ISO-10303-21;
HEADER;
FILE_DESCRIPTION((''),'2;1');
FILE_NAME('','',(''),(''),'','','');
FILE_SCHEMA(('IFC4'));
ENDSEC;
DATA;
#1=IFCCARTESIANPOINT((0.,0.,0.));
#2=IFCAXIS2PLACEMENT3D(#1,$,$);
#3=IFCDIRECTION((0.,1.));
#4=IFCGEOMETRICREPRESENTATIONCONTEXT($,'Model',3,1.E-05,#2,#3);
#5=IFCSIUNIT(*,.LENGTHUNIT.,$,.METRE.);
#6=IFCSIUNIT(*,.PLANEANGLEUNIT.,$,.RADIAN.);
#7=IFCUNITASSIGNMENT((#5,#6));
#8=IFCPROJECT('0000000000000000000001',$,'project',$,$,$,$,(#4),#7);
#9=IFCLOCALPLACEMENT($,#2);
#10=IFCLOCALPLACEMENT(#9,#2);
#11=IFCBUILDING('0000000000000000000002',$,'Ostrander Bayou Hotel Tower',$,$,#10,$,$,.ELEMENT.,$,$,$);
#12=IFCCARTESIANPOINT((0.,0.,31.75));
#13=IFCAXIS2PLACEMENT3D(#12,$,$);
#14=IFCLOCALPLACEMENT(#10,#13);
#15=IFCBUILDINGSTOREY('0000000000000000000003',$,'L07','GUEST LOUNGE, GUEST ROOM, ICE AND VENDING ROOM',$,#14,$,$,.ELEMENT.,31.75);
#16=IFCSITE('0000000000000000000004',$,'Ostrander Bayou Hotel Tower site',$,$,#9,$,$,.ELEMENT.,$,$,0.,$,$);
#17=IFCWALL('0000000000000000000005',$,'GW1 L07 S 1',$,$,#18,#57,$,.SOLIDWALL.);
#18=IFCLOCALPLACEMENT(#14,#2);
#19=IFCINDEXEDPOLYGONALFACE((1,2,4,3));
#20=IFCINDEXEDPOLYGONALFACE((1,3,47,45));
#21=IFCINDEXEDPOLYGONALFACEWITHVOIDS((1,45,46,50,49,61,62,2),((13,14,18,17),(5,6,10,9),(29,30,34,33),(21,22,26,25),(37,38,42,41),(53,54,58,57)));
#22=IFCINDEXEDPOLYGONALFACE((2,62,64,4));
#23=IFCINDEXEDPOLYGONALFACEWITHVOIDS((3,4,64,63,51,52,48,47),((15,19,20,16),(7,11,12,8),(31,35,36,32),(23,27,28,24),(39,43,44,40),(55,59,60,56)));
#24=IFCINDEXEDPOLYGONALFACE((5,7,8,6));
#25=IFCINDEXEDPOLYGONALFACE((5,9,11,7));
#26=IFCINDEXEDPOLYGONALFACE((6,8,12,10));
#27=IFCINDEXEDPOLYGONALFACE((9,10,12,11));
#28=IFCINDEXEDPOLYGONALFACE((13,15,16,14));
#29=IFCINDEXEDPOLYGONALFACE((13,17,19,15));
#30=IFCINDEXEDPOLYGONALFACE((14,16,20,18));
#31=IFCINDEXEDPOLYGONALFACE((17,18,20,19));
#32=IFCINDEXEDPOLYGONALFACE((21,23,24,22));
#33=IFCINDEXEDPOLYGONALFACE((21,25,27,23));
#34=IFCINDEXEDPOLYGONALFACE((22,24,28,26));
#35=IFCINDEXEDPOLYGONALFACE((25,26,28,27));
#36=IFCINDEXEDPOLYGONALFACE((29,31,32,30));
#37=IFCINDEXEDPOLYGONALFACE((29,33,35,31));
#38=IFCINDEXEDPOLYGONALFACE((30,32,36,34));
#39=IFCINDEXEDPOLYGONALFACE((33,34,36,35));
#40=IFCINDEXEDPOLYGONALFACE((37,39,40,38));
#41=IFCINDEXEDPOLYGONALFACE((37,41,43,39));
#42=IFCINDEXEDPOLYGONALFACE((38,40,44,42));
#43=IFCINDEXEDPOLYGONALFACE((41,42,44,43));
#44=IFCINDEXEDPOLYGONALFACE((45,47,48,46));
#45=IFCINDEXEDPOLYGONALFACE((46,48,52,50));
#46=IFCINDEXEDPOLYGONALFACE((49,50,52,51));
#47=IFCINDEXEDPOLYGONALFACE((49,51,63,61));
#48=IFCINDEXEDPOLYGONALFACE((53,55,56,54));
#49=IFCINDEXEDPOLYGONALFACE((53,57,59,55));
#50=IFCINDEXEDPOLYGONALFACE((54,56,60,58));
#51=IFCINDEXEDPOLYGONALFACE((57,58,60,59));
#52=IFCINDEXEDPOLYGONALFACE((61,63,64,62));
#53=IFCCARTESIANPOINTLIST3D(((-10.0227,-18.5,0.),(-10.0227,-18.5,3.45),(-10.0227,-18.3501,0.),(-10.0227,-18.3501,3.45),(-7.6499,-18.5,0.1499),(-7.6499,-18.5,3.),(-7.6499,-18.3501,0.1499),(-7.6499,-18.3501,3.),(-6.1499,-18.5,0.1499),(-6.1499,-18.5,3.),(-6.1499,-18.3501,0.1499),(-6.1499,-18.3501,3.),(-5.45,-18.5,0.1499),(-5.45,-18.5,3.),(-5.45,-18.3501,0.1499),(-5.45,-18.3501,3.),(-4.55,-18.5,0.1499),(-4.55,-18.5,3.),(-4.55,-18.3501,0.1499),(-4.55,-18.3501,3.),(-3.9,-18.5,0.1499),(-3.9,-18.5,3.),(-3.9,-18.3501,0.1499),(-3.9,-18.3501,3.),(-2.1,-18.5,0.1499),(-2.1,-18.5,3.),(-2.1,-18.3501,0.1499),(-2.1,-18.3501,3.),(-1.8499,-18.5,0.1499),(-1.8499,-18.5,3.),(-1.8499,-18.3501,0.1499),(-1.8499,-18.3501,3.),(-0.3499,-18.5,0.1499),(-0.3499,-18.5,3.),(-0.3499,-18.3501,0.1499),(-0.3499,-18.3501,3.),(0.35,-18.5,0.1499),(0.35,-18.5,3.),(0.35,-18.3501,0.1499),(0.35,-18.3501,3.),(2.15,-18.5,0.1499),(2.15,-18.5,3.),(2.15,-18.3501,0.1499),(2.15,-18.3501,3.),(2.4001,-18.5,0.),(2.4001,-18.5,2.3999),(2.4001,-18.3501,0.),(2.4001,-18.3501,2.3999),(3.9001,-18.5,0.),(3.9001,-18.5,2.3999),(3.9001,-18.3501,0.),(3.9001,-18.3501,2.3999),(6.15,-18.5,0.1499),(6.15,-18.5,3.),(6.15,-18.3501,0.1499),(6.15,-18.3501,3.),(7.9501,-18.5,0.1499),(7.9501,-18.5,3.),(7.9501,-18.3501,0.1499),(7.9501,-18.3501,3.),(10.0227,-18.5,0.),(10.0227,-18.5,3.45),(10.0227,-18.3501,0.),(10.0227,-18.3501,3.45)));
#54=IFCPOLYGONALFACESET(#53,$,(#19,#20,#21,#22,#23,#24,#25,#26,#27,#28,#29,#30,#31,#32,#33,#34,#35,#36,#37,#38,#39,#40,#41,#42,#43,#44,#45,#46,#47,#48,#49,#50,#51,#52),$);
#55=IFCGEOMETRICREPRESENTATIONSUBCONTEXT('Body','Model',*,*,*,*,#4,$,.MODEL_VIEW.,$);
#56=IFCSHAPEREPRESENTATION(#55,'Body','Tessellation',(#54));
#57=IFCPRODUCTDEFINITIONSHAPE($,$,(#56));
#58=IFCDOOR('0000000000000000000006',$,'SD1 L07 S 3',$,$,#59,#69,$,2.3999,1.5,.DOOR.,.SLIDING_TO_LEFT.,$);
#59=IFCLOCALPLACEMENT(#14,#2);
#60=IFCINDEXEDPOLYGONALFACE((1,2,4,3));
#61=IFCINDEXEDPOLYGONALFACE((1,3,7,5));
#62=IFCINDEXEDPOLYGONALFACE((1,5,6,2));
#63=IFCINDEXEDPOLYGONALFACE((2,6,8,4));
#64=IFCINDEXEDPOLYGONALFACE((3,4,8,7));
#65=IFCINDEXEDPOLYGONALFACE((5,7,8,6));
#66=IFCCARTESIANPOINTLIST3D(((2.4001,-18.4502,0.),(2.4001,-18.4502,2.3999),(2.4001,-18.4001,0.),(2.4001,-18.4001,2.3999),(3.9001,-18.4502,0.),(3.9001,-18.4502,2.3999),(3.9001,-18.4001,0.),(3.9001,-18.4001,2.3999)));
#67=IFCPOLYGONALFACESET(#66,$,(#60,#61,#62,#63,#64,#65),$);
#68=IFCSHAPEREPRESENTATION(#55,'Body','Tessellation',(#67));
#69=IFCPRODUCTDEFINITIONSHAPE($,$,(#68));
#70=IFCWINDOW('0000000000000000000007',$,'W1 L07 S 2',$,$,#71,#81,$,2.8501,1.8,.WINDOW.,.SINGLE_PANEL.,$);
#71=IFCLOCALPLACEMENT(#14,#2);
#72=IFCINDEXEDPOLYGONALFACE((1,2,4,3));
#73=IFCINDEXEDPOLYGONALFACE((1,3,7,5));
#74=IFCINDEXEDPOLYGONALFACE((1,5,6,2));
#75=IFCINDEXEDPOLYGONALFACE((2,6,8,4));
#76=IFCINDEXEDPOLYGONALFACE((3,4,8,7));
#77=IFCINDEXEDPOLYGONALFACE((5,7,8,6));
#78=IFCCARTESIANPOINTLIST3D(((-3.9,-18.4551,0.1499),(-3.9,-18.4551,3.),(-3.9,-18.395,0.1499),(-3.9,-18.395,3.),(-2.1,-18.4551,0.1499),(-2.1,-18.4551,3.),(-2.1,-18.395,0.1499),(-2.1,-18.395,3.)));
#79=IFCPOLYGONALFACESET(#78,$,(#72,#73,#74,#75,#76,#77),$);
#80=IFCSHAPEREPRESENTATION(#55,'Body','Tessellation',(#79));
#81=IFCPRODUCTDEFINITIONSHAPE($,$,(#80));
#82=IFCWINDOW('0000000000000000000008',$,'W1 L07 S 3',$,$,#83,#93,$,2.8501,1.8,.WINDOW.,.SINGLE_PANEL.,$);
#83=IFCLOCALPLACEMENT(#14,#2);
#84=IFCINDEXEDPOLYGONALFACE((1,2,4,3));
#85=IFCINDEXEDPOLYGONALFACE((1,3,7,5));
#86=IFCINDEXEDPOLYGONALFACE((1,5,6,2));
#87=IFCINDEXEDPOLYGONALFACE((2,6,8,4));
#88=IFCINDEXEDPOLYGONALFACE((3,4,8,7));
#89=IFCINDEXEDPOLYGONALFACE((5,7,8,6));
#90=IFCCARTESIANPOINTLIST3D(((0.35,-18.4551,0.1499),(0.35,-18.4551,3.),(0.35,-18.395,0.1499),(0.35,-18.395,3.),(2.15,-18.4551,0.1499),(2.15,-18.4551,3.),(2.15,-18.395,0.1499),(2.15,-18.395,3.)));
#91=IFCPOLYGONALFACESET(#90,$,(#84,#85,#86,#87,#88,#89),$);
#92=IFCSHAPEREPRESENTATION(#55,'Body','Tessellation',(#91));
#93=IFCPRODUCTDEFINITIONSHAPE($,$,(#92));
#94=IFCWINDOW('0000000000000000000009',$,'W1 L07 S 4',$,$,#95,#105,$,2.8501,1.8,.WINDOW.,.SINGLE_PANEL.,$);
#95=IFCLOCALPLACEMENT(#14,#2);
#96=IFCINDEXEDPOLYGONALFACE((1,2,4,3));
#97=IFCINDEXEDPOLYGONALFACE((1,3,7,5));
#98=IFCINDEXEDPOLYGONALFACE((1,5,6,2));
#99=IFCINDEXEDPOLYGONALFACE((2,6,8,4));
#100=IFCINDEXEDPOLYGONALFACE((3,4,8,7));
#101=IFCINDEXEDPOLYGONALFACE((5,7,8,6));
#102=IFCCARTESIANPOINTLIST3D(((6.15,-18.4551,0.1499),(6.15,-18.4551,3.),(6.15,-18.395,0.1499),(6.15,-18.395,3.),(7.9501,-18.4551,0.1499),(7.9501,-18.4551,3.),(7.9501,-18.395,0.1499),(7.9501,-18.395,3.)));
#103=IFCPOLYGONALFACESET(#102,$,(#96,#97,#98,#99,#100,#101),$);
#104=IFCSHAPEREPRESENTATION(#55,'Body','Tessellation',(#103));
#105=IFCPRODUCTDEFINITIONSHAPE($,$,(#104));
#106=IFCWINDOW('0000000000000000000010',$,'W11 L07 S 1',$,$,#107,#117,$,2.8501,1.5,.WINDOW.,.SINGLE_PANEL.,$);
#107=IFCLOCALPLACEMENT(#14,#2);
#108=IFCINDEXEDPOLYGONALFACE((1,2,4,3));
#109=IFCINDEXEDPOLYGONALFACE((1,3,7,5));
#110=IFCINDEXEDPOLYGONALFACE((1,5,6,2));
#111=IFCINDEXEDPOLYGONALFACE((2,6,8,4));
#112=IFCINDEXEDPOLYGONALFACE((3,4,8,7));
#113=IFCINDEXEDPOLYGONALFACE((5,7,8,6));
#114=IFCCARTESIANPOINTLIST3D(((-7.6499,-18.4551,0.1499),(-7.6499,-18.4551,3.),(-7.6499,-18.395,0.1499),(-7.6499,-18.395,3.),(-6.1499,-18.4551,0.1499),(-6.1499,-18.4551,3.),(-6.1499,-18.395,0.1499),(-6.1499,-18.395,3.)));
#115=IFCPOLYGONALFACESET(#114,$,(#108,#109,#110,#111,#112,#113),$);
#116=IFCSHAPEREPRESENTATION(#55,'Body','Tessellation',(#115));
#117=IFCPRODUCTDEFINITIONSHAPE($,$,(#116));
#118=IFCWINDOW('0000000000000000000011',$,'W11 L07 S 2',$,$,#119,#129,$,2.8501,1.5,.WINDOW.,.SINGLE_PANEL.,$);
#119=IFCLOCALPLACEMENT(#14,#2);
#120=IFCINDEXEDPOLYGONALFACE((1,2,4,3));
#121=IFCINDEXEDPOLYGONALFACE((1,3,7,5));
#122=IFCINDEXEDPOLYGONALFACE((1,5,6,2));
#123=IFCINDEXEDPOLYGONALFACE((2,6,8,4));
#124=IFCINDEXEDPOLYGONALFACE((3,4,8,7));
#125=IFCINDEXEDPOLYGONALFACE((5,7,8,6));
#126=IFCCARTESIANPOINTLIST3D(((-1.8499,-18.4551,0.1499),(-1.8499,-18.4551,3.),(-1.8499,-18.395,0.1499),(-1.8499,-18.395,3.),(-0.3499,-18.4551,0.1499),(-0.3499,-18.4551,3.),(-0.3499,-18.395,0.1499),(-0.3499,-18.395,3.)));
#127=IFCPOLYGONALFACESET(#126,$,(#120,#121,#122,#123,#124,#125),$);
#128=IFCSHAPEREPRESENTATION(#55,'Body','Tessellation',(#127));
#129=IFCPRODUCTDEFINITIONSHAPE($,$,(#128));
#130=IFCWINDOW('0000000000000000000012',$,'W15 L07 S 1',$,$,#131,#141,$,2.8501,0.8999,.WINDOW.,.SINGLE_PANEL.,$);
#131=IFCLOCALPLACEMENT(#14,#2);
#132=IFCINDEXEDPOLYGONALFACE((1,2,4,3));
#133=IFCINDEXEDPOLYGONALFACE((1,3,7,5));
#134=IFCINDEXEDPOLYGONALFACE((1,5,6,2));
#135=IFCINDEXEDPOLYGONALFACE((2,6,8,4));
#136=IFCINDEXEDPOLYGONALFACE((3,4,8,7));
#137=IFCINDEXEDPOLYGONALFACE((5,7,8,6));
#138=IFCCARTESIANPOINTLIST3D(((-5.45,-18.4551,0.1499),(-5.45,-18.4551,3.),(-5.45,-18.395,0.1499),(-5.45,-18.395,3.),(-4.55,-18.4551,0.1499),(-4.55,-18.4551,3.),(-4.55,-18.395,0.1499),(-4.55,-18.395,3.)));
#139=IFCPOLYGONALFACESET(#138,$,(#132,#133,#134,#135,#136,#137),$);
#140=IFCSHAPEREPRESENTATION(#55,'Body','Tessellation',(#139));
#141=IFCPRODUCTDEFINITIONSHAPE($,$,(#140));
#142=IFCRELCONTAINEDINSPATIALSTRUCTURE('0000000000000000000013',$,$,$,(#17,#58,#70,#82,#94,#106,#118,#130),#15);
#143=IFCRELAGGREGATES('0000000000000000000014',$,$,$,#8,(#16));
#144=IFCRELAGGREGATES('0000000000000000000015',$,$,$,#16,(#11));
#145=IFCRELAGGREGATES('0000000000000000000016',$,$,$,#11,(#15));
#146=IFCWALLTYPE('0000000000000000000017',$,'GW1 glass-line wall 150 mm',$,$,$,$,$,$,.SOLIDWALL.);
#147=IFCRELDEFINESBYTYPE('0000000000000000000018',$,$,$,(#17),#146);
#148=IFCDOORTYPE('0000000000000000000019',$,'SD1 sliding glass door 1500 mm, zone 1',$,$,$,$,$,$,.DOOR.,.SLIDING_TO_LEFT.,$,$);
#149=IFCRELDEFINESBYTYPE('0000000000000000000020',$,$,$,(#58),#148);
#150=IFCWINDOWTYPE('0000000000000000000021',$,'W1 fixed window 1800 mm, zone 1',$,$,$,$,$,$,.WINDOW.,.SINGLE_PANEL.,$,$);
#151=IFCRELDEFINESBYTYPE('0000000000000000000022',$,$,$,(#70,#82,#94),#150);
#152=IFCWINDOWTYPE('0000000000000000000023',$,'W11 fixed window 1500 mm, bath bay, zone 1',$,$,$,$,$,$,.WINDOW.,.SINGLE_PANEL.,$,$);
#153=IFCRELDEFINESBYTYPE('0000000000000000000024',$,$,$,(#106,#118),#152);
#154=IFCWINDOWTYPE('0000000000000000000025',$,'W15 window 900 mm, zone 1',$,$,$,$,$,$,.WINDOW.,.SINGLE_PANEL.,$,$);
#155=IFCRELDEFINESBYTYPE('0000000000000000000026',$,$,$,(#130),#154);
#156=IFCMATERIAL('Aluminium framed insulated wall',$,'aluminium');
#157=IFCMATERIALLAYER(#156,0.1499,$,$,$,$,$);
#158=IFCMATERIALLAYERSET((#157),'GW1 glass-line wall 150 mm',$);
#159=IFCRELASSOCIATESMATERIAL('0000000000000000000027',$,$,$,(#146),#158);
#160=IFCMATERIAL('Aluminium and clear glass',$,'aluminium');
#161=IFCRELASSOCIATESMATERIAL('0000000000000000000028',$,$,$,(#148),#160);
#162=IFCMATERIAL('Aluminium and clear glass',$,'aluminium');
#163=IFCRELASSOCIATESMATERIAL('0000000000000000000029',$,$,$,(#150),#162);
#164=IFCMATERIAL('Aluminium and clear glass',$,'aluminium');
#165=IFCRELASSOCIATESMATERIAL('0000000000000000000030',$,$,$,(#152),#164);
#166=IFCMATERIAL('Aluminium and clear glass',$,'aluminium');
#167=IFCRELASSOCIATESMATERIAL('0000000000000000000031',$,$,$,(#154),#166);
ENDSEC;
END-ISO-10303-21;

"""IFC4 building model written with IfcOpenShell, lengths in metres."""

from ifc_helpers import new_model, si_unit, direction, frame, frame_2d, origin, place, context, subcontext, project, spatial, rectangle, extrude, material, layer, layer_set, type_object, element, fill, save


model = new_model("IFC4")

# Units and contexts
model_context = context("Model", 3, precision=1e-05, world=origin(), true_north=direction((0.0, 1.0)))
body_context = subcontext(model_context, "Body", "Model", "MODEL_VIEW")
ifc_project = project(units=[si_unit("LENGTHUNIT", "METRE"), si_unit("PLANEANGLEUNIT", "RADIAN")], contexts=[model_context])

# Site, building, storey
site_placement = place(None, origin())
site = spatial("IfcSite", under=ifc_project, at=site_placement, Name="Ostrander Bayou Hotel Tower site", CompositionType="ELEMENT", RefElevation=0.0)
building_placement = place(site_placement, origin())
building = spatial("IfcBuilding", under=site, at=building_placement, Name="Ostrander Bayou Hotel Tower", CompositionType="ELEMENT")
storey_placement = place(building_placement, frame((0.0, 0.0, 31.75)))
storey = spatial("IfcBuildingStorey", under=building, at=storey_placement, Name="L07", Description="GUEST LOUNGE, GUEST ROOM, ICE AND VENDING ROOM", CompositionType="ELEMENT", Elevation=31.75)

# Wall, openings, door, windows
ifc_material_1 = material(Name="Aluminium framed insulated wall", Category="aluminium")
ifc_layer_1 = layer(ifc_material_1, 0.1499)
ifc_layer_set_1 = layer_set([ifc_layer_1], Name="GW1 glass-line wall 150 mm")
wall_type_1 = type_object("IfcWallType", Name="GW1 glass-line wall 150 mm", PredefinedType="SOLIDWALL", material=ifc_layer_set_1)
wall_1_placement = place(storey_placement, frame((-10.0227, -18.425, 0.0), z_axis=(0.0, 0.0, 1.0), x_axis=(1.0, 0.0, 0.0)))
wall_1 = element("IfcWall", 1, at=wall_1_placement, inside=storey, type_object=wall_type_1, Name="GW1 L07 S 1", PredefinedType="SOLIDWALL", context=body_context, shape_type="SweptSolid", body=[
    extrude(rectangle(XDim=20.0454, YDim=0.1499, at=frame_2d((10.0227, 0.0))), origin(), (0.0, 0.0, 1.0), 3.45),
])
opening_1_placement = place(wall_1_placement, frame((4.5728, 0.0, 0.1499)))
opening_1 = element("IfcOpeningElement", 2, at=opening_1_placement, cuts=wall_1, PredefinedType="OPENING", context=body_context, shape_type="SweptSolid", body=[
    extrude(rectangle(XDim=0.8999, YDim=2.8501, at=frame_2d((0.45, 1.425))), frame((0.0, 0.075, 0.0), z_axis=(0.0, -1.0, 0.0), x_axis=(1.0, 0.0, 0.0)), (0.0, 0.0, 1.0), 0.1499),
])
opening_2_placement = place(wall_1_placement, frame((2.3728, 0.0, 0.1499)))
opening_2 = element("IfcOpeningElement", 3, at=opening_2_placement, cuts=wall_1, PredefinedType="OPENING", context=body_context, shape_type="SweptSolid", body=[
    extrude(rectangle(XDim=1.5, YDim=2.8501, at=frame_2d((0.75, 1.425))), frame((0.0, 0.075, 0.0), z_axis=(0.0, -1.0, 0.0), x_axis=(1.0, 0.0, 0.0)), (0.0, 0.0, 1.0), 0.1499),
])
opening_3_placement = place(wall_1_placement, frame((6.1228, 0.0, 0.1499)))
opening_3 = element("IfcOpeningElement", 4, at=opening_3_placement, cuts=wall_1, PredefinedType="OPENING", context=body_context, shape_type="SweptSolid", body=[
    extrude(rectangle(XDim=1.8, YDim=2.8501, at=frame_2d((0.8999, 1.425))), frame((0.0, 0.075, 0.0), z_axis=(0.0, -1.0, 0.0), x_axis=(1.0, 0.0, 0.0)), (0.0, 0.0, 1.0), 0.1499),
])
opening_4_placement = place(wall_1_placement, frame((8.1729, 0.0, 0.1499)))
opening_4 = element("IfcOpeningElement", 5, at=opening_4_placement, cuts=wall_1, PredefinedType="OPENING", context=body_context, shape_type="SweptSolid", body=[
    extrude(rectangle(XDim=1.5, YDim=2.8501, at=frame_2d((0.75, 1.425))), frame((0.0, 0.075, 0.0), z_axis=(0.0, -1.0, 0.0), x_axis=(1.0, 0.0, 0.0)), (0.0, 0.0, 1.0), 0.1499),
])
opening_5_placement = place(wall_1_placement, frame((10.3728, 0.0, 0.1499)))
opening_5 = element("IfcOpeningElement", 6, at=opening_5_placement, cuts=wall_1, PredefinedType="OPENING", context=body_context, shape_type="SweptSolid", body=[
    extrude(rectangle(XDim=1.8, YDim=2.8501, at=frame_2d((0.8999, 1.425))), frame((0.0, 0.075, 0.0), z_axis=(0.0, -1.0, 0.0), x_axis=(1.0, 0.0, 0.0)), (0.0, 0.0, 1.0), 0.1499),
])
opening_6_placement = place(wall_1_placement, frame((12.4229, 0.0, 0.0)))
opening_6 = element("IfcOpeningElement", 7, at=opening_6_placement, cuts=wall_1, PredefinedType="OPENING", context=body_context, shape_type="SweptSolid", body=[
    extrude(rectangle(XDim=1.5, YDim=2.3999, at=frame_2d((0.75, 1.2))), frame((0.0, 0.075, 0.0), z_axis=(0.0, -1.0, 0.0), x_axis=(1.0, 0.0, 0.0)), (0.0, 0.0, 1.0), 0.1499),
])
opening_7_placement = place(wall_1_placement, frame((16.1729, 0.0, 0.1499)))
opening_7 = element("IfcOpeningElement", 8, at=opening_7_placement, cuts=wall_1, PredefinedType="OPENING", context=body_context, shape_type="SweptSolid", body=[
    extrude(rectangle(XDim=1.8, YDim=2.8501, at=frame_2d((0.8999, 1.425))), frame((0.0, 0.075, 0.0), z_axis=(0.0, -1.0, 0.0), x_axis=(1.0, 0.0, 0.0)), (0.0, 0.0, 1.0), 0.1499),
])
ifc_material_2 = material(Name="Aluminium and clear glass", Category="aluminium")
door_type = type_object("IfcDoorType", Name="SD1 sliding glass door 1500 mm, zone 1", OperationType="SLIDING_TO_LEFT", PredefinedType="DOOR", material=ifc_material_2)
door_placement = place(opening_6_placement, origin())
door = element("IfcDoor", 9, at=door_placement, inside=storey, type_object=door_type, Name="SD1 L07 S 3", OperationType="SLIDING_TO_LEFT", OverallHeight=2.3999, OverallWidth=1.5, PredefinedType="DOOR", context=body_context, shape_type="SweptSolid", body=[
    extrude(rectangle(XDim=1.5, YDim=2.3999, at=frame_2d((0.75, 1.2))), frame((0.0, 0.0249, 0.0), z_axis=(0.0, -1.0, 0.0), x_axis=(1.0, 0.0, 0.0)), (0.0, 0.0, 1.0), 0.05),
])
fill(opening_6, door)
ifc_material_3 = material(Name="Aluminium and clear glass", Category="aluminium")
window_type_1 = type_object("IfcWindowType", Name="W1 fixed window 1800 mm, zone 1", PartitioningType="SINGLE_PANEL", PredefinedType="WINDOW", material=ifc_material_3)
window_1_placement = place(opening_3_placement, origin())
window_1 = element("IfcWindow", 10, at=window_1_placement, inside=storey, type_object=window_type_1, Name="W1 L07 S 2", OverallHeight=2.8501, OverallWidth=1.8, PartitioningType="SINGLE_PANEL", PredefinedType="WINDOW", context=body_context, shape_type="SweptSolid", body=[
    extrude(rectangle(XDim=1.8, YDim=2.8501, at=frame_2d((0.8999, 1.425))), frame((0.0, 0.03, 0.0), z_axis=(0.0, -1.0, 0.0), x_axis=(1.0, 0.0, 0.0)), (0.0, 0.0, 1.0), 0.0601),
])
fill(opening_3, window_1)
window_2_placement = place(opening_5_placement, origin())
window_2 = element("IfcWindow", 11, at=window_2_placement, inside=storey, type_object=window_type_1, Name="W1 L07 S 3", OverallHeight=2.8501, OverallWidth=1.8, PartitioningType="SINGLE_PANEL", PredefinedType="WINDOW", context=body_context, shape_type="SweptSolid", body=[
    extrude(rectangle(XDim=1.8, YDim=2.8501, at=frame_2d((0.8999, 1.425))), frame((0.0, 0.03, 0.0), z_axis=(0.0, -1.0, 0.0), x_axis=(1.0, 0.0, 0.0)), (0.0, 0.0, 1.0), 0.0601),
])
fill(opening_5, window_2)
window_3_placement = place(opening_7_placement, origin())
window_3 = element("IfcWindow", 12, at=window_3_placement, inside=storey, type_object=window_type_1, Name="W1 L07 S 4", OverallHeight=2.8501, OverallWidth=1.8, PartitioningType="SINGLE_PANEL", PredefinedType="WINDOW", context=body_context, shape_type="SweptSolid", body=[
    extrude(rectangle(XDim=1.8, YDim=2.8501, at=frame_2d((0.8999, 1.425))), frame((0.0, 0.03, 0.0), z_axis=(0.0, -1.0, 0.0), x_axis=(1.0, 0.0, 0.0)), (0.0, 0.0, 1.0), 0.0601),
])
fill(opening_7, window_3)
ifc_material_4 = material(Name="Aluminium and clear glass", Category="aluminium")
window_type_2 = type_object("IfcWindowType", Name="W11 fixed window 1500 mm, bath bay, zone 1", PartitioningType="SINGLE_PANEL", PredefinedType="WINDOW", material=ifc_material_4)
window_4_placement = place(opening_2_placement, origin())
window_4 = element("IfcWindow", 13, at=window_4_placement, inside=storey, type_object=window_type_2, Name="W11 L07 S 1", OverallHeight=2.8501, OverallWidth=1.5, PartitioningType="SINGLE_PANEL", PredefinedType="WINDOW", context=body_context, shape_type="SweptSolid", body=[
    extrude(rectangle(XDim=1.5, YDim=2.8501, at=frame_2d((0.75, 1.425))), frame((0.0, 0.03, 0.0), z_axis=(0.0, -1.0, 0.0), x_axis=(1.0, 0.0, 0.0)), (0.0, 0.0, 1.0), 0.0601),
])
fill(opening_2, window_4)
window_5_placement = place(opening_4_placement, origin())
window_5 = element("IfcWindow", 14, at=window_5_placement, inside=storey, type_object=window_type_2, Name="W11 L07 S 2", OverallHeight=2.8501, OverallWidth=1.5, PartitioningType="SINGLE_PANEL", PredefinedType="WINDOW", context=body_context, shape_type="SweptSolid", body=[
    extrude(rectangle(XDim=1.5, YDim=2.8501, at=frame_2d((0.75, 1.425))), frame((0.0, 0.03, 0.0), z_axis=(0.0, -1.0, 0.0), x_axis=(1.0, 0.0, 0.0)), (0.0, 0.0, 1.0), 0.0601),
])
fill(opening_4, window_5)
ifc_material_5 = material(Name="Aluminium and clear glass", Category="aluminium")
window_type_3 = type_object("IfcWindowType", Name="W15 window 900 mm, zone 1", PartitioningType="SINGLE_PANEL", PredefinedType="WINDOW", material=ifc_material_5)
window_6_placement = place(opening_1_placement, origin())
window_6 = element("IfcWindow", 15, at=window_6_placement, inside=storey, type_object=window_type_3, Name="W15 L07 S 1", OverallHeight=2.8501, OverallWidth=0.8999, PartitioningType="SINGLE_PANEL", PredefinedType="WINDOW", context=body_context, shape_type="SweptSolid", body=[
    extrude(rectangle(XDim=0.8999, YDim=2.8501, at=frame_2d((0.45, 1.425))), frame((0.0, 0.03, 0.0), z_axis=(0.0, -1.0, 0.0), x_axis=(1.0, 0.0, 0.0)), (0.0, 0.0, 1.0), 0.0601),
])
fill(opening_1, window_6)

save(model, "model.ifc")
